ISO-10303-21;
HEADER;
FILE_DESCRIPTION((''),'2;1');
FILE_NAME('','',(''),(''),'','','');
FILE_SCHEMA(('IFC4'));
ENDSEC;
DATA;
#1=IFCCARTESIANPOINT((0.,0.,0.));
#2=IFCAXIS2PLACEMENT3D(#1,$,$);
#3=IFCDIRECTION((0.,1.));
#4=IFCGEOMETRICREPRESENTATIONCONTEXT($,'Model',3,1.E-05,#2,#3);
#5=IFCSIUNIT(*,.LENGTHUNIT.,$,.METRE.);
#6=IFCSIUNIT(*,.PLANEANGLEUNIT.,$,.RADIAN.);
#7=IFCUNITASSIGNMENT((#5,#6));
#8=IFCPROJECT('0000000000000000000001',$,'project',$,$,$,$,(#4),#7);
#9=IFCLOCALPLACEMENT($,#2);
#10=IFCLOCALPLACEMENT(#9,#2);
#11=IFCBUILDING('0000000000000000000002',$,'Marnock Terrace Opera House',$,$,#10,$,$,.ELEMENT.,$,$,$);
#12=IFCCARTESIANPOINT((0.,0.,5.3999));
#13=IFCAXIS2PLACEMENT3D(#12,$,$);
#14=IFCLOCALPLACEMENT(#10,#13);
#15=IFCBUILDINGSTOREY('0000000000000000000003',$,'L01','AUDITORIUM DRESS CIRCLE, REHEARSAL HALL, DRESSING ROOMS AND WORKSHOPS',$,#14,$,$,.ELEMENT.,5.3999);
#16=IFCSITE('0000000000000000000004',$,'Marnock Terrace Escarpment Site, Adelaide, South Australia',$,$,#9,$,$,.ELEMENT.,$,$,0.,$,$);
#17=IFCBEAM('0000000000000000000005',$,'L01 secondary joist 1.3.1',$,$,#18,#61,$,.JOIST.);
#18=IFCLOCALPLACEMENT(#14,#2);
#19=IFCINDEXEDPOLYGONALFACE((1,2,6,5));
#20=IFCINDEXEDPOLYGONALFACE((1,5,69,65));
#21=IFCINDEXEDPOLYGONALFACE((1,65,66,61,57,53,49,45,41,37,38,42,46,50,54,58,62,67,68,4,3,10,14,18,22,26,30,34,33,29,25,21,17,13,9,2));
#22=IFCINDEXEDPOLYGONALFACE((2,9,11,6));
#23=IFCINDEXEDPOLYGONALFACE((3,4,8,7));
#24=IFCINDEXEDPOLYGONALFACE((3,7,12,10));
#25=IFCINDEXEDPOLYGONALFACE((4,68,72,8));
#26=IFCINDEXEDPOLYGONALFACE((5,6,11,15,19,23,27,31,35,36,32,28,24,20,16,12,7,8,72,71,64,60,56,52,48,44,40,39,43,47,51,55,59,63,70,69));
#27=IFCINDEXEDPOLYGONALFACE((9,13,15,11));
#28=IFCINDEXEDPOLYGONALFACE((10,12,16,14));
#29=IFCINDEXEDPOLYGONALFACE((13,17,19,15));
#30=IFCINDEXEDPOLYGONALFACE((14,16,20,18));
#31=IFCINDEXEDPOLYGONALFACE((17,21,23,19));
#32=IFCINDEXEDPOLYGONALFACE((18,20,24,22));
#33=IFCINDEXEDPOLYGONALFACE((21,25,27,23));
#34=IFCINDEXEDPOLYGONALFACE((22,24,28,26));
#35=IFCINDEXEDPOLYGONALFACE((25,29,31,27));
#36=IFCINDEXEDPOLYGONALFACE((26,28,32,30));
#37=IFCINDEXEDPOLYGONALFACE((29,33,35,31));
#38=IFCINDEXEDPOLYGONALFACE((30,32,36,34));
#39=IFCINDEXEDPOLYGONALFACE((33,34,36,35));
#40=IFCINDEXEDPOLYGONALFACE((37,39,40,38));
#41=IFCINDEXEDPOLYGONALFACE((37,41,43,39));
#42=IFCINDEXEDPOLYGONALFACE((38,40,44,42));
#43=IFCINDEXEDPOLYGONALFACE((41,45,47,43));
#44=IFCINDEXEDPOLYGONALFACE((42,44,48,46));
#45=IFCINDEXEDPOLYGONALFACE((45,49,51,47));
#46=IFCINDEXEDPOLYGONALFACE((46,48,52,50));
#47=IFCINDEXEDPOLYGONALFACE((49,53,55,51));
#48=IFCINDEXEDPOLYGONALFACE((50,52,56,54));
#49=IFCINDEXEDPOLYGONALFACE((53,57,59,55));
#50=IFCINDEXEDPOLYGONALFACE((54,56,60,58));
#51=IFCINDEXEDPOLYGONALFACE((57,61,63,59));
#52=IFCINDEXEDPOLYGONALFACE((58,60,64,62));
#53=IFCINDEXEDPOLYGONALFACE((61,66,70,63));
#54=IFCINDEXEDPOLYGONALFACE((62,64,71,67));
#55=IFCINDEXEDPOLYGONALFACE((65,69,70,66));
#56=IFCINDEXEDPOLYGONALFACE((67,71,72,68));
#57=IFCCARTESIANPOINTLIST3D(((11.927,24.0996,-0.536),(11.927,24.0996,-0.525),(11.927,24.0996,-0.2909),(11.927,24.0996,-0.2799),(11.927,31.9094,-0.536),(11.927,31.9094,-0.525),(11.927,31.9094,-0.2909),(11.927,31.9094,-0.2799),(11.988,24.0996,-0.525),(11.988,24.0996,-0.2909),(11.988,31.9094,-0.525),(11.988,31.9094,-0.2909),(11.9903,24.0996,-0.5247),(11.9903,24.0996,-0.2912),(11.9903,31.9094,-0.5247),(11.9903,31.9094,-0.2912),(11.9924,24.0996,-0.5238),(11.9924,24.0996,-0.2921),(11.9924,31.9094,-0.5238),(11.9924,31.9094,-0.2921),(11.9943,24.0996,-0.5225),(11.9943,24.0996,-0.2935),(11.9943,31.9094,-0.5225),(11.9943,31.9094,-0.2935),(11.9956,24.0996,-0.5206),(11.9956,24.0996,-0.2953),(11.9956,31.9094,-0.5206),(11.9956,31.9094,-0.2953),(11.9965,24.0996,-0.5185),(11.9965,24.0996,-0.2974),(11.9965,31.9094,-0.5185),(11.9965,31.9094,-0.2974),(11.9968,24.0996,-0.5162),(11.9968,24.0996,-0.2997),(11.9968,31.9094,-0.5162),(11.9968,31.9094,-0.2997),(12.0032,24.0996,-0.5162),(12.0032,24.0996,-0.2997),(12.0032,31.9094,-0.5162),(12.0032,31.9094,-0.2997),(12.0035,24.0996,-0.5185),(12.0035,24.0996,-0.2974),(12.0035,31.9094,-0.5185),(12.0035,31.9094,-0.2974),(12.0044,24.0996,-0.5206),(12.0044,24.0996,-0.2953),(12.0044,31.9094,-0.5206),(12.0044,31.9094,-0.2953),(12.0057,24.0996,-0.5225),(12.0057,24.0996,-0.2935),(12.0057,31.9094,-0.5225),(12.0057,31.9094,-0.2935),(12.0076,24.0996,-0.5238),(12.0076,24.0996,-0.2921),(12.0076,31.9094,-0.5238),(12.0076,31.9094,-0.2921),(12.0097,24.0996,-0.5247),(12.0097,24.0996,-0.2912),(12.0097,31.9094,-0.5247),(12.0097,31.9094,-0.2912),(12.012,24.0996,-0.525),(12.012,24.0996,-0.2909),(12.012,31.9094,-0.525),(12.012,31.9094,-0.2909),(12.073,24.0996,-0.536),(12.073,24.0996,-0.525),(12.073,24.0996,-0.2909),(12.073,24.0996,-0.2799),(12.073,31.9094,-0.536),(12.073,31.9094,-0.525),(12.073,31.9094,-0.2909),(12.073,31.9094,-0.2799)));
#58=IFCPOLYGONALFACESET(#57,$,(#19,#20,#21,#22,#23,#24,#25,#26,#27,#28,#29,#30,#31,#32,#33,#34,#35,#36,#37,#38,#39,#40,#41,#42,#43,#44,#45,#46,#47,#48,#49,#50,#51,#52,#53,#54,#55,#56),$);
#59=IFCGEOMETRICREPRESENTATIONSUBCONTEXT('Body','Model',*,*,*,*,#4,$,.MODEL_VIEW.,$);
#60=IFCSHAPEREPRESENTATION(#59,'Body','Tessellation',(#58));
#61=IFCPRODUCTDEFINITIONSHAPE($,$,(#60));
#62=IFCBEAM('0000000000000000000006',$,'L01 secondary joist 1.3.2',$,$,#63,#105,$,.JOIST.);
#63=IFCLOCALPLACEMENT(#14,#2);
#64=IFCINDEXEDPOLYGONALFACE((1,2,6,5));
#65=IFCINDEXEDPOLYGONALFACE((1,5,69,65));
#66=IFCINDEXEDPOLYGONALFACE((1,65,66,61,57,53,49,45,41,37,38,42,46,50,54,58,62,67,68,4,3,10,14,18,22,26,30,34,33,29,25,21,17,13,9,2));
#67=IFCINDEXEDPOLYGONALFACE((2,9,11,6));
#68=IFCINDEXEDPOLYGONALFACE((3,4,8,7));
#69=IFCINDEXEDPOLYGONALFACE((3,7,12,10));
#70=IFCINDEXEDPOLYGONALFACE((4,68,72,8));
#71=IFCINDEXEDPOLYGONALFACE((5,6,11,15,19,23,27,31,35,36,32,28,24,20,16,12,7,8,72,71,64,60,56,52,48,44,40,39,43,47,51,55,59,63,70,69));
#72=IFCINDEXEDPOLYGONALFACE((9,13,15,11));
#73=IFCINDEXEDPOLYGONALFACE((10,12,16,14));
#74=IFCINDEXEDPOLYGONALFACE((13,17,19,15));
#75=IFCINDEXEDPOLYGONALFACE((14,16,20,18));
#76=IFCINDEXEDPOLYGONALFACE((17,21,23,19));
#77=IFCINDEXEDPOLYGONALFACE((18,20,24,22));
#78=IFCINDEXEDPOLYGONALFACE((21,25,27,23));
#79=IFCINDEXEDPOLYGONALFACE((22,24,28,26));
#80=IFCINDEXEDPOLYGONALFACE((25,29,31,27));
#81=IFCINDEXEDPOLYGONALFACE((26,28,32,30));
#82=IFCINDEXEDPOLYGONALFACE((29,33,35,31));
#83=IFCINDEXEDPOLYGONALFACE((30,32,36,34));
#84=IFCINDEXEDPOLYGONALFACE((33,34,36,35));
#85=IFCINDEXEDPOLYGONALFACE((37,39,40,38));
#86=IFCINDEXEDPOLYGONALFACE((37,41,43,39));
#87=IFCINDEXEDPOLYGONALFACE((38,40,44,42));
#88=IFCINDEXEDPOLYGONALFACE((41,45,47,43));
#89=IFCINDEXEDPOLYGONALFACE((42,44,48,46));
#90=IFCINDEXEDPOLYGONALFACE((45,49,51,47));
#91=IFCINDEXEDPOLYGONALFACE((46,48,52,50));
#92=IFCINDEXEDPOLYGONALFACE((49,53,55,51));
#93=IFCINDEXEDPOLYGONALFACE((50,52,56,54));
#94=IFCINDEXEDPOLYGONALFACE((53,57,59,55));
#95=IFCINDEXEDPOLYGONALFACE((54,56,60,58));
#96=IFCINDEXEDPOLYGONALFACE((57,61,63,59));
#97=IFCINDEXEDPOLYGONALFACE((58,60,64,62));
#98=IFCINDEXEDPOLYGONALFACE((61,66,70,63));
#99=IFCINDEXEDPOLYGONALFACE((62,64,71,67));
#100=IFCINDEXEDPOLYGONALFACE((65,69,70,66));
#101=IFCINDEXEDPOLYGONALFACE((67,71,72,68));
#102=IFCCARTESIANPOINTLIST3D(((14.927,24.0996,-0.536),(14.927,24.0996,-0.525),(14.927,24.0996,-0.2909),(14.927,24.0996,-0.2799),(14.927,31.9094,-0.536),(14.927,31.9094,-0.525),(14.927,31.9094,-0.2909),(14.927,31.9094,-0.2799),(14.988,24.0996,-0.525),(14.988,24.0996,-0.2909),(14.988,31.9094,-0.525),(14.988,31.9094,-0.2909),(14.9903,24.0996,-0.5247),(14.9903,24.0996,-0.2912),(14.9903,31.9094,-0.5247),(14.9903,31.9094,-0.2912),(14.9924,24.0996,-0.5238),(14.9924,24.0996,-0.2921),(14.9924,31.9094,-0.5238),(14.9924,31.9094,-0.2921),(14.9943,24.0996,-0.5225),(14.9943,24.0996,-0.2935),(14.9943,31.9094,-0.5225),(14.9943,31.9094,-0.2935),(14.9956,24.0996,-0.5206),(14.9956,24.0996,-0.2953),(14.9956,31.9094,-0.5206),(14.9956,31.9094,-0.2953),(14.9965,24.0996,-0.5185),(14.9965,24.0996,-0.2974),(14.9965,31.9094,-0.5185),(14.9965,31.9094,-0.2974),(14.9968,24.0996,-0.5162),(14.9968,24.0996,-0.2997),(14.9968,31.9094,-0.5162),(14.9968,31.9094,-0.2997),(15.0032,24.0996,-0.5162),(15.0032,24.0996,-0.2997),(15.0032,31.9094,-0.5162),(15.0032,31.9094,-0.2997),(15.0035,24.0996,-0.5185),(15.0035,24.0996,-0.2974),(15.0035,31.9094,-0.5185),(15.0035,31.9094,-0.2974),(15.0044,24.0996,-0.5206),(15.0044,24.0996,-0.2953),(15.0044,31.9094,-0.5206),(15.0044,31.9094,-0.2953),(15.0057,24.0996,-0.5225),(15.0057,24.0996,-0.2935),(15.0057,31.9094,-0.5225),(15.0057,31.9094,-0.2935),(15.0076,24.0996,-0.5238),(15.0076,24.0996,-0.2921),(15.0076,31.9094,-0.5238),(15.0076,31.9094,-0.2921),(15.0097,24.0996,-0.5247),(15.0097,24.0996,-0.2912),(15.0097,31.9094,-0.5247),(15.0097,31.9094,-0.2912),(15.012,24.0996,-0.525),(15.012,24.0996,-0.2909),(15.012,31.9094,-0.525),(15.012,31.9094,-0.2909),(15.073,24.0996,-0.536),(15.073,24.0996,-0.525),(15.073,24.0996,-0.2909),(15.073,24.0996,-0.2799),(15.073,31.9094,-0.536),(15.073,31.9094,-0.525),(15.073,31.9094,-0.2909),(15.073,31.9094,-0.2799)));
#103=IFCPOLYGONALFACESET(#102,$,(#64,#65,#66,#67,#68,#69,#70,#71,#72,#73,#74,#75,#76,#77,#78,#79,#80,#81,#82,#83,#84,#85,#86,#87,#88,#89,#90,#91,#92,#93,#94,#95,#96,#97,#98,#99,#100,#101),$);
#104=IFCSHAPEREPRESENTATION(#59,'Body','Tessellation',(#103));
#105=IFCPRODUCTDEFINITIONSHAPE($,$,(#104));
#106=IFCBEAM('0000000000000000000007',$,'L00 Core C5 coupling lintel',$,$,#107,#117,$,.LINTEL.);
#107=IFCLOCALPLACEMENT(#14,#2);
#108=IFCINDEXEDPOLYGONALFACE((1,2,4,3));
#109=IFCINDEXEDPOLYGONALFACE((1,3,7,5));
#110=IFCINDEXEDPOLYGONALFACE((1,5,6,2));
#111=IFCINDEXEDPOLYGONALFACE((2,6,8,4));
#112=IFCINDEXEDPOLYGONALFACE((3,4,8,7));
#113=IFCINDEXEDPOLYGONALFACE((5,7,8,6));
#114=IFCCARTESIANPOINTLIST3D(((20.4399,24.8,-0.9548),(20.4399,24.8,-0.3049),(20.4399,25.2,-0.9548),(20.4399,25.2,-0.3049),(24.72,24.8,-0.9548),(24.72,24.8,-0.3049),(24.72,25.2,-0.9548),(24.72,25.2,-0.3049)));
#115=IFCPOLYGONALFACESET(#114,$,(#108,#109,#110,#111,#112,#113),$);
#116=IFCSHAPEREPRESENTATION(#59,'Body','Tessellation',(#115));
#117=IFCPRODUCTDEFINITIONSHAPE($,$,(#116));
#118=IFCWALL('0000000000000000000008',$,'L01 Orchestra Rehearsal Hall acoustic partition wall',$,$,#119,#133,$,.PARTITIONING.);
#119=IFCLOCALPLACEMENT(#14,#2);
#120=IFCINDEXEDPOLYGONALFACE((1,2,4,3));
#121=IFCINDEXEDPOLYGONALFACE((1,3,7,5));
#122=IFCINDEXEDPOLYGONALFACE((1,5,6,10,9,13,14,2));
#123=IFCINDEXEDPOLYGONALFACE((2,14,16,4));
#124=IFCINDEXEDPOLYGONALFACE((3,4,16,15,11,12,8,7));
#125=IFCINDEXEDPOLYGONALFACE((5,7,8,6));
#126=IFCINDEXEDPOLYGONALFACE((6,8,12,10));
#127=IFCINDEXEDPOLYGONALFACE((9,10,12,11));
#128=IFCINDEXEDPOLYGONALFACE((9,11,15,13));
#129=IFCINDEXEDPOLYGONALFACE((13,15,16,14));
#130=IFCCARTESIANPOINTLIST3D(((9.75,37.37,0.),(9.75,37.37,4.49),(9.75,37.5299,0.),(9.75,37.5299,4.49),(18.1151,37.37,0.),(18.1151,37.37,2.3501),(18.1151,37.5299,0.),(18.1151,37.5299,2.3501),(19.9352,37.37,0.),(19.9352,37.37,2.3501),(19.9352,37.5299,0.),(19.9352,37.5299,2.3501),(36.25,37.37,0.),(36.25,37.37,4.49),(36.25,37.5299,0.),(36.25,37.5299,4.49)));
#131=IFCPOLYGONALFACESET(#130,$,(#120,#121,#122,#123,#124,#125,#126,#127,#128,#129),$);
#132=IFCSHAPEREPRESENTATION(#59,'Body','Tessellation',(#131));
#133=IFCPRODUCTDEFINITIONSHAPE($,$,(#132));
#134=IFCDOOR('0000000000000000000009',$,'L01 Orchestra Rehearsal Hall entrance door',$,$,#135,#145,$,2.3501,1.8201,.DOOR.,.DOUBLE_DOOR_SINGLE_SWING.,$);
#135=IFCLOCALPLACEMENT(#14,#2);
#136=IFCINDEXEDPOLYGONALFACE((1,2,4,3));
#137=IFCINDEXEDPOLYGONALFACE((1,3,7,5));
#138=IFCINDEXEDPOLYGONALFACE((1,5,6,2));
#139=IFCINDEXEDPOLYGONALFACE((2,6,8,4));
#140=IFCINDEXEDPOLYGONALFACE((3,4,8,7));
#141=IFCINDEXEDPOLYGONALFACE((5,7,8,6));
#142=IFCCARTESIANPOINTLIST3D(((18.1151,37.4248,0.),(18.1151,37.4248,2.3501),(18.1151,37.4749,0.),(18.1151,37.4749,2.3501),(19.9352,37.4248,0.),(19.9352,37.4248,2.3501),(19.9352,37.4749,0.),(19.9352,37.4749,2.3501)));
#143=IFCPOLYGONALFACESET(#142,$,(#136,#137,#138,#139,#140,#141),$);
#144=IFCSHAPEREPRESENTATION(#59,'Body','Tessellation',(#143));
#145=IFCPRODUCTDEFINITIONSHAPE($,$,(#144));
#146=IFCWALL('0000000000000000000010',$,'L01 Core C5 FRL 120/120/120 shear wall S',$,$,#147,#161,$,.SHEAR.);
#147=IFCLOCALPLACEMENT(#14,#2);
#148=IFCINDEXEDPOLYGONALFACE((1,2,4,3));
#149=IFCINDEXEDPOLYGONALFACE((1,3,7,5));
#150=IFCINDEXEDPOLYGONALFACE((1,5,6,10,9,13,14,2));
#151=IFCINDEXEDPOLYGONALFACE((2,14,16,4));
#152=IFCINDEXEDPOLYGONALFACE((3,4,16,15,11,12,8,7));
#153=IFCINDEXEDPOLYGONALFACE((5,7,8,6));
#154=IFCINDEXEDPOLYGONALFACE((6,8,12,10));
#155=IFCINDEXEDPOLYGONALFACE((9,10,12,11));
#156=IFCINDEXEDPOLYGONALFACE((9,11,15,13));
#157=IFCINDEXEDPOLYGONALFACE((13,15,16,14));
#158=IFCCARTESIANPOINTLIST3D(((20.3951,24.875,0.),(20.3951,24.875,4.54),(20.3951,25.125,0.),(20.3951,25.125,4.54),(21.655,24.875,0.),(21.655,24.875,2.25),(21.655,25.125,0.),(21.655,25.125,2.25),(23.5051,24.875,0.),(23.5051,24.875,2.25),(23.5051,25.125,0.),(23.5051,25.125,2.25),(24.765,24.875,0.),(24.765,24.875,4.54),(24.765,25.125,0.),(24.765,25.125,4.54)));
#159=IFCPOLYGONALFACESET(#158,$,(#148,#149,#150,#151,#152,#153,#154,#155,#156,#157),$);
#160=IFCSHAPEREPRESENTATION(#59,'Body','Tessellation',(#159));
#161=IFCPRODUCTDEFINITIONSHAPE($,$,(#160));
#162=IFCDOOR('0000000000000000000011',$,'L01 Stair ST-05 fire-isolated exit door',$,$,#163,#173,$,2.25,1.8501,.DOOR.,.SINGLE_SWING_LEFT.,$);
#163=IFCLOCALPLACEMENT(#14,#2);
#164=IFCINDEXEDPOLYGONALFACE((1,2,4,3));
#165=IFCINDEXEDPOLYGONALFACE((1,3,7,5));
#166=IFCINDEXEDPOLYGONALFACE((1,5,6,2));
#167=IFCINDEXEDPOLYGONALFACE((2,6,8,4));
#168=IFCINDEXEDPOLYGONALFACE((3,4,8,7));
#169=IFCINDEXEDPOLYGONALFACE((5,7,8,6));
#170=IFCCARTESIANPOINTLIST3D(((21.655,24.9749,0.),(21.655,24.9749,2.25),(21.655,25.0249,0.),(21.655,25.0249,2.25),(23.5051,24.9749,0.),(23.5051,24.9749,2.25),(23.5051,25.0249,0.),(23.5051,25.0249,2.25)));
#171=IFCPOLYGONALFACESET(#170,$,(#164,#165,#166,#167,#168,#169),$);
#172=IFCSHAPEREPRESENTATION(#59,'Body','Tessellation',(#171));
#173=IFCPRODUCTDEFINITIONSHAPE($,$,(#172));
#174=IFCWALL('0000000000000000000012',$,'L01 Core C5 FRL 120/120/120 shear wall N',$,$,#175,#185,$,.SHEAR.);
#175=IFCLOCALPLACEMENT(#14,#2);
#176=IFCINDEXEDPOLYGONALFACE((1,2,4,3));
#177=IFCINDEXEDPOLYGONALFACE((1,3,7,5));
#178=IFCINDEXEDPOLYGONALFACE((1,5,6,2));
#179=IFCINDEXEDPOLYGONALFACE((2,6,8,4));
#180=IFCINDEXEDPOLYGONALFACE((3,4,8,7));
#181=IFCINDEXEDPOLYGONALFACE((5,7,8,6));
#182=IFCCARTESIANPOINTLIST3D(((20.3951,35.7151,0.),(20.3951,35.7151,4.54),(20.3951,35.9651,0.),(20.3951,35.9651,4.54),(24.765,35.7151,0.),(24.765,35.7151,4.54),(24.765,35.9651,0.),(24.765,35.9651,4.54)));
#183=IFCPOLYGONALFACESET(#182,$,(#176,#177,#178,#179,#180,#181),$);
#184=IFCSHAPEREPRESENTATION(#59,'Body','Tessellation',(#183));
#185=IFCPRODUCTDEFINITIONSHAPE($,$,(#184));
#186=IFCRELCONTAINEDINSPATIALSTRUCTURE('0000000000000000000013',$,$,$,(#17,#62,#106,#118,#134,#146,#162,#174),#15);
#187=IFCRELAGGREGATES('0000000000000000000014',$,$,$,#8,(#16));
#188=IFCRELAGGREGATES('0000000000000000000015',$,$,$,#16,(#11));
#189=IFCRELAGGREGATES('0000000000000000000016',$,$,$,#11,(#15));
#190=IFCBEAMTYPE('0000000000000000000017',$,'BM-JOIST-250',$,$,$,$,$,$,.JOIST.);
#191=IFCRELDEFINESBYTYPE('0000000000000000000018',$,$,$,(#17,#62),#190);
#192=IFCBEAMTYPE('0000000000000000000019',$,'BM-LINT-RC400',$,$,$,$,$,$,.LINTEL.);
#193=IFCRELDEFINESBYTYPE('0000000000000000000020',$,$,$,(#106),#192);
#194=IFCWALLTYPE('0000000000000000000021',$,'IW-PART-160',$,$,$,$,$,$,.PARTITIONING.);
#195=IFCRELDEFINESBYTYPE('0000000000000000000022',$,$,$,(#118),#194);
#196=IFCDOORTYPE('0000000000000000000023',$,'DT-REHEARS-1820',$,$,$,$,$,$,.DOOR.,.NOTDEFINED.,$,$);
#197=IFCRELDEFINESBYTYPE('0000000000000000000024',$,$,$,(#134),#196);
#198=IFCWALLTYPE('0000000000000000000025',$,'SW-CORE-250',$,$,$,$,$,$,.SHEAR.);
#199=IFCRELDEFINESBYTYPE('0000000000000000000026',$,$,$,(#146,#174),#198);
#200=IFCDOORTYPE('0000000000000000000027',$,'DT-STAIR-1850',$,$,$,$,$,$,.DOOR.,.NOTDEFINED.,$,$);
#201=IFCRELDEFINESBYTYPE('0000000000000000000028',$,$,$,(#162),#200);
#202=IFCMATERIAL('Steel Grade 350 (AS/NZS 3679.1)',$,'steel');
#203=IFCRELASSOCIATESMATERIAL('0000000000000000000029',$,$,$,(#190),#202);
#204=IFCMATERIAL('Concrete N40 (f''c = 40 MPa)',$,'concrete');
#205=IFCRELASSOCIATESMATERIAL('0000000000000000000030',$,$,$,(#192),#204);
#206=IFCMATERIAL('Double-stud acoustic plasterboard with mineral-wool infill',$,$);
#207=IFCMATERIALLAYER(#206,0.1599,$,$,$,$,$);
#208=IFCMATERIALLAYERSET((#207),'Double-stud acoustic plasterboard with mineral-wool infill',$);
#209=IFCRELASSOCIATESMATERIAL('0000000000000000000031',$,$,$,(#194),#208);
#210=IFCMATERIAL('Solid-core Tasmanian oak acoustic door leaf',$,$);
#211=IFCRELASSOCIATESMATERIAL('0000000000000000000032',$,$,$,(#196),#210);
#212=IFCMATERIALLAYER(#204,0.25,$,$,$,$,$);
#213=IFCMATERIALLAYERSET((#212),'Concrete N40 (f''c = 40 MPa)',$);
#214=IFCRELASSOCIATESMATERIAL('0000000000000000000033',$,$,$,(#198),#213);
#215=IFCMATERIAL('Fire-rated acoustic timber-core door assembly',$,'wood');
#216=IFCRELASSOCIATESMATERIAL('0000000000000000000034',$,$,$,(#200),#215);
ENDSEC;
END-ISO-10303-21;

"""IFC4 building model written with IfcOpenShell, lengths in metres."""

from ifc_helpers import new_model, si_unit, direction, frame, frame_2d, origin, origin_2d, place, context, subcontext, project, spatial, rectangle, i_section, extrude, material, layer, layer_set, material_profile, profile_set, type_object, element, fill, save


model = new_model("IFC4")

# Units and contexts
model_context = context("Model", 3, precision=1e-05, world=origin(), true_north=direction((0.0, 1.0)))
body_context = subcontext(model_context, "Body", "Model", "MODEL_VIEW")
ifc_project = project(units=[si_unit("LENGTHUNIT", "METRE"), si_unit("PLANEANGLEUNIT", "RADIAN")], contexts=[model_context])

# Site, building, storey
site_placement = place(None, origin())
site = spatial("IfcSite", under=ifc_project, at=site_placement, Name="Marnock Terrace Escarpment Site, Adelaide, South Australia", CompositionType="ELEMENT", RefElevation=0.0)
building_placement = place(site_placement, origin())
building = spatial("IfcBuilding", under=site, at=building_placement, Name="Marnock Terrace Opera House", CompositionType="ELEMENT")
storey_placement = place(building_placement, frame((0.0, 0.0, 5.3999)))
storey = spatial("IfcBuildingStorey", under=building, at=storey_placement, Name="L01", Description="AUDITORIUM DRESS CIRCLE, REHEARSAL HALL, DRESSING ROOMS AND WORKSHOPS", CompositionType="ELEMENT", Elevation=5.3999)

# Shared definitions
ifc_material_1 = material(Name="Concrete N40 (f'c = 40 MPa)", Category="concrete")
ifc_material_2 = material(Name="Steel Grade 350 (AS/NZS 3679.1)", Category="steel")

# Beams
ifc_material_profile_1 = material_profile(ifc_material_2, i_section(OverallWidth=0.146, OverallDepth=0.2561, WebThickness=0.0063, FlangeThickness=0.011, FilletRadius=0.0088, at=origin_2d()))
ifc_profile_set_1 = profile_set([ifc_material_profile_1], Name="Steel Grade 350 (AS/NZS 3679.1)")
beam_type_1 = type_object("IfcBeamType", Name="BM-JOIST-250", PredefinedType="JOIST", material=ifc_profile_set_1)
for number, where, z_axis, x_axis, name in (
    (1, (12.0, 24.0996, -0.408), (0.0, 1.0, 0.0), (-1.0, 0.0, 0.0), "L01 secondary joist 1.3.1"),
    (2, (15.0, 24.0996, -0.408), (0.0, 1.0, 0.0), (-1.0, 0.0, 0.0), "L01 secondary joist 1.3.2"),
):
    element("IfcBeam", number, at=place(storey_placement, frame(where, z_axis=z_axis, x_axis=x_axis)), inside=storey, type_object=beam_type_1, Name=name, PredefinedType="JOIST", context=body_context, shape_type="SweptSolid", body=[
        extrude(i_section(OverallWidth=0.146, OverallDepth=0.2561, WebThickness=0.0063, FlangeThickness=0.011, FilletRadius=0.0088, at=origin_2d()), origin(), (0.0, 0.0, 1.0), 7.8098),
    ])
ifc_material_profile_2 = material_profile(ifc_material_1, rectangle(XDim=0.3999, YDim=0.6499, at=origin_2d()))
ifc_profile_set_2 = profile_set([ifc_material_profile_2], Name="Concrete N40 (f'c = 40 MPa)")
beam_type_2 = type_object("IfcBeamType", Name="BM-LINT-RC400", PredefinedType="LINTEL", material=ifc_profile_set_2)
beam_1_placement = place(storey_placement, frame((20.4399, 25.0, -0.6299), z_axis=(1.0, 0.0, 0.0), x_axis=(0.0, 1.0, 0.0)))
element("IfcBeam", 3, at=beam_1_placement, inside=storey, type_object=beam_type_2, Name="L00 Core C5 coupling lintel", PredefinedType="LINTEL", context=body_context, shape_type="SweptSolid", body=[
    extrude(rectangle(XDim=0.3999, YDim=0.6499, at=origin_2d()), origin(), (0.0, 0.0, 1.0), 4.28),
])

# Walls, openings, doors
ifc_material_3 = material(Name="Double-stud acoustic plasterboard with mineral-wool infill")
ifc_layer_1 = layer(ifc_material_3, 0.1599)
ifc_layer_set_1 = layer_set([ifc_layer_1], Name="Double-stud acoustic plasterboard with mineral-wool infill")
wall_type_1 = type_object("IfcWallType", Name="IW-PART-160", PredefinedType="PARTITIONING", material=ifc_layer_set_1)
wall_1_placement = place(storey_placement, frame((9.75, 37.45, 0.0), z_axis=(0.0, 0.0, 1.0), x_axis=(1.0, 0.0, 0.0)))
wall_1 = element("IfcWall", 4, at=wall_1_placement, inside=storey, type_object=wall_type_1, Name="L01 Orchestra Rehearsal Hall acoustic partition wall", PredefinedType="PARTITIONING", context=body_context, shape_type="SweptSolid", body=[
    extrude(rectangle(XDim=26.5, YDim=0.1599, at=frame_2d((13.25, 0.0))), origin(), (0.0, 0.0, 1.0), 4.49),
])
opening_1_placement = place(wall_1_placement, frame((8.365, 0.0, 0.0)))
opening_1 = element("IfcOpeningElement", 5, at=opening_1_placement, cuts=wall_1, PredefinedType="OPENING", context=body_context, shape_type="SweptSolid", body=[
    extrude(rectangle(XDim=1.8201, YDim=2.3501, at=frame_2d((0.9102, 1.175))), frame((0.0, 0.0898, 0.0), z_axis=(0.0, -1.0, 0.0), x_axis=(1.0, 0.0, 0.0)), (0.0, 0.0, 1.0), 0.1799),
])
ifc_material_4 = material(Name="Solid-core Tasmanian oak acoustic door leaf")
door_type_1 = type_object("IfcDoorType", Name="DT-REHEARS-1820", OperationType="NOTDEFINED", PredefinedType="DOOR", material=ifc_material_4)
door_1_placement = place(opening_1_placement, origin())
door_1 = element("IfcDoor", 6, at=door_1_placement, inside=storey, type_object=door_type_1, Name="L01 Orchestra Rehearsal Hall entrance door", OperationType="DOUBLE_DOOR_SINGLE_SWING", OverallHeight=2.3501, OverallWidth=1.8201, PredefinedType="DOOR", context=body_context, shape_type="SweptSolid", body=[
    extrude(rectangle(XDim=1.8201, YDim=2.3501, at=frame_2d((0.9102, 1.175))), frame((0.0, 0.0249, 0.0), z_axis=(0.0, -1.0, 0.0), x_axis=(1.0, 0.0, 0.0)), (0.0, 0.0, 1.0), 0.05),
])
fill(opening_1, door_1)
ifc_layer_2 = layer(ifc_material_1, 0.25)
ifc_layer_set_2 = layer_set([ifc_layer_2], Name="Concrete N40 (f'c = 40 MPa)")
wall_type_2 = type_object("IfcWallType", Name="SW-CORE-250", PredefinedType="SHEAR", material=ifc_layer_set_2)
wall_2_placement = place(storey_placement, frame((20.395, 25.0, 0.0), z_axis=(0.0, 0.0, 1.0), x_axis=(1.0, 0.0, 0.0)))
wall_2 = element("IfcWall", 7, at=wall_2_placement, inside=storey, type_object=wall_type_2, Name="L01 Core C5 FRL 120/120/120 shear wall S", PredefinedType="SHEAR", context=body_context, shape_type="SweptSolid", body=[
    extrude(rectangle(XDim=4.3699, YDim=0.25, at=frame_2d((2.1851, 0.0))), origin(), (0.0, 0.0, 1.0), 4.54),
])
opening_2_placement = place(wall_2_placement, frame((1.26, 0.0, 0.0)))
opening_2 = element("IfcOpeningElement", 8, at=opening_2_placement, cuts=wall_2, PredefinedType="OPENING", context=body_context, shape_type="SweptSolid", body=[
    extrude(rectangle(XDim=1.8501, YDim=2.25, at=frame_2d((0.925, 1.125))), frame((0.0, 0.135, 0.0), z_axis=(0.0, -1.0, 0.0), x_axis=(1.0, 0.0, 0.0)), (0.0, 0.0, 1.0), 0.27),
])
ifc_material_5 = material(Name="Fire-rated acoustic timber-core door assembly", Category="wood")
door_type_2 = type_object("IfcDoorType", Name="DT-STAIR-1850", OperationType="NOTDEFINED", PredefinedType="DOOR", material=ifc_material_5)
door_2_placement = place(opening_2_placement, origin())
door_2 = element("IfcDoor", 9, at=door_2_placement, inside=storey, type_object=door_type_2, Name="L01 Stair ST-05 fire-isolated exit door", OperationType="SINGLE_SWING_LEFT", OverallHeight=2.25, OverallWidth=1.8501, PredefinedType="DOOR", context=body_context, shape_type="SweptSolid", body=[
    extrude(rectangle(XDim=1.8501, YDim=2.25, at=frame_2d((0.925, 1.125))), frame((0.0, 0.0249, 0.0), z_axis=(0.0, -1.0, 0.0), x_axis=(1.0, 0.0, 0.0)), (0.0, 0.0, 1.0), 0.05),
])
fill(opening_2, door_2)

# Wall
wall_3_placement = place(storey_placement, frame((20.395, 35.8401, 0.0), z_axis=(0.0, 0.0, 1.0), x_axis=(1.0, 0.0, 0.0)))
element("IfcWall", 10, at=wall_3_placement, inside=storey, type_object=wall_type_2, Name="L01 Core C5 FRL 120/120/120 shear wall N", PredefinedType="SHEAR", context=body_context, shape_type="SweptSolid", body=[
    extrude(rectangle(XDim=4.3699, YDim=0.25, at=frame_2d((2.1851, 0.0))), origin(), (0.0, 0.0, 1.0), 4.54),
])

save(model, "model.ifc")
